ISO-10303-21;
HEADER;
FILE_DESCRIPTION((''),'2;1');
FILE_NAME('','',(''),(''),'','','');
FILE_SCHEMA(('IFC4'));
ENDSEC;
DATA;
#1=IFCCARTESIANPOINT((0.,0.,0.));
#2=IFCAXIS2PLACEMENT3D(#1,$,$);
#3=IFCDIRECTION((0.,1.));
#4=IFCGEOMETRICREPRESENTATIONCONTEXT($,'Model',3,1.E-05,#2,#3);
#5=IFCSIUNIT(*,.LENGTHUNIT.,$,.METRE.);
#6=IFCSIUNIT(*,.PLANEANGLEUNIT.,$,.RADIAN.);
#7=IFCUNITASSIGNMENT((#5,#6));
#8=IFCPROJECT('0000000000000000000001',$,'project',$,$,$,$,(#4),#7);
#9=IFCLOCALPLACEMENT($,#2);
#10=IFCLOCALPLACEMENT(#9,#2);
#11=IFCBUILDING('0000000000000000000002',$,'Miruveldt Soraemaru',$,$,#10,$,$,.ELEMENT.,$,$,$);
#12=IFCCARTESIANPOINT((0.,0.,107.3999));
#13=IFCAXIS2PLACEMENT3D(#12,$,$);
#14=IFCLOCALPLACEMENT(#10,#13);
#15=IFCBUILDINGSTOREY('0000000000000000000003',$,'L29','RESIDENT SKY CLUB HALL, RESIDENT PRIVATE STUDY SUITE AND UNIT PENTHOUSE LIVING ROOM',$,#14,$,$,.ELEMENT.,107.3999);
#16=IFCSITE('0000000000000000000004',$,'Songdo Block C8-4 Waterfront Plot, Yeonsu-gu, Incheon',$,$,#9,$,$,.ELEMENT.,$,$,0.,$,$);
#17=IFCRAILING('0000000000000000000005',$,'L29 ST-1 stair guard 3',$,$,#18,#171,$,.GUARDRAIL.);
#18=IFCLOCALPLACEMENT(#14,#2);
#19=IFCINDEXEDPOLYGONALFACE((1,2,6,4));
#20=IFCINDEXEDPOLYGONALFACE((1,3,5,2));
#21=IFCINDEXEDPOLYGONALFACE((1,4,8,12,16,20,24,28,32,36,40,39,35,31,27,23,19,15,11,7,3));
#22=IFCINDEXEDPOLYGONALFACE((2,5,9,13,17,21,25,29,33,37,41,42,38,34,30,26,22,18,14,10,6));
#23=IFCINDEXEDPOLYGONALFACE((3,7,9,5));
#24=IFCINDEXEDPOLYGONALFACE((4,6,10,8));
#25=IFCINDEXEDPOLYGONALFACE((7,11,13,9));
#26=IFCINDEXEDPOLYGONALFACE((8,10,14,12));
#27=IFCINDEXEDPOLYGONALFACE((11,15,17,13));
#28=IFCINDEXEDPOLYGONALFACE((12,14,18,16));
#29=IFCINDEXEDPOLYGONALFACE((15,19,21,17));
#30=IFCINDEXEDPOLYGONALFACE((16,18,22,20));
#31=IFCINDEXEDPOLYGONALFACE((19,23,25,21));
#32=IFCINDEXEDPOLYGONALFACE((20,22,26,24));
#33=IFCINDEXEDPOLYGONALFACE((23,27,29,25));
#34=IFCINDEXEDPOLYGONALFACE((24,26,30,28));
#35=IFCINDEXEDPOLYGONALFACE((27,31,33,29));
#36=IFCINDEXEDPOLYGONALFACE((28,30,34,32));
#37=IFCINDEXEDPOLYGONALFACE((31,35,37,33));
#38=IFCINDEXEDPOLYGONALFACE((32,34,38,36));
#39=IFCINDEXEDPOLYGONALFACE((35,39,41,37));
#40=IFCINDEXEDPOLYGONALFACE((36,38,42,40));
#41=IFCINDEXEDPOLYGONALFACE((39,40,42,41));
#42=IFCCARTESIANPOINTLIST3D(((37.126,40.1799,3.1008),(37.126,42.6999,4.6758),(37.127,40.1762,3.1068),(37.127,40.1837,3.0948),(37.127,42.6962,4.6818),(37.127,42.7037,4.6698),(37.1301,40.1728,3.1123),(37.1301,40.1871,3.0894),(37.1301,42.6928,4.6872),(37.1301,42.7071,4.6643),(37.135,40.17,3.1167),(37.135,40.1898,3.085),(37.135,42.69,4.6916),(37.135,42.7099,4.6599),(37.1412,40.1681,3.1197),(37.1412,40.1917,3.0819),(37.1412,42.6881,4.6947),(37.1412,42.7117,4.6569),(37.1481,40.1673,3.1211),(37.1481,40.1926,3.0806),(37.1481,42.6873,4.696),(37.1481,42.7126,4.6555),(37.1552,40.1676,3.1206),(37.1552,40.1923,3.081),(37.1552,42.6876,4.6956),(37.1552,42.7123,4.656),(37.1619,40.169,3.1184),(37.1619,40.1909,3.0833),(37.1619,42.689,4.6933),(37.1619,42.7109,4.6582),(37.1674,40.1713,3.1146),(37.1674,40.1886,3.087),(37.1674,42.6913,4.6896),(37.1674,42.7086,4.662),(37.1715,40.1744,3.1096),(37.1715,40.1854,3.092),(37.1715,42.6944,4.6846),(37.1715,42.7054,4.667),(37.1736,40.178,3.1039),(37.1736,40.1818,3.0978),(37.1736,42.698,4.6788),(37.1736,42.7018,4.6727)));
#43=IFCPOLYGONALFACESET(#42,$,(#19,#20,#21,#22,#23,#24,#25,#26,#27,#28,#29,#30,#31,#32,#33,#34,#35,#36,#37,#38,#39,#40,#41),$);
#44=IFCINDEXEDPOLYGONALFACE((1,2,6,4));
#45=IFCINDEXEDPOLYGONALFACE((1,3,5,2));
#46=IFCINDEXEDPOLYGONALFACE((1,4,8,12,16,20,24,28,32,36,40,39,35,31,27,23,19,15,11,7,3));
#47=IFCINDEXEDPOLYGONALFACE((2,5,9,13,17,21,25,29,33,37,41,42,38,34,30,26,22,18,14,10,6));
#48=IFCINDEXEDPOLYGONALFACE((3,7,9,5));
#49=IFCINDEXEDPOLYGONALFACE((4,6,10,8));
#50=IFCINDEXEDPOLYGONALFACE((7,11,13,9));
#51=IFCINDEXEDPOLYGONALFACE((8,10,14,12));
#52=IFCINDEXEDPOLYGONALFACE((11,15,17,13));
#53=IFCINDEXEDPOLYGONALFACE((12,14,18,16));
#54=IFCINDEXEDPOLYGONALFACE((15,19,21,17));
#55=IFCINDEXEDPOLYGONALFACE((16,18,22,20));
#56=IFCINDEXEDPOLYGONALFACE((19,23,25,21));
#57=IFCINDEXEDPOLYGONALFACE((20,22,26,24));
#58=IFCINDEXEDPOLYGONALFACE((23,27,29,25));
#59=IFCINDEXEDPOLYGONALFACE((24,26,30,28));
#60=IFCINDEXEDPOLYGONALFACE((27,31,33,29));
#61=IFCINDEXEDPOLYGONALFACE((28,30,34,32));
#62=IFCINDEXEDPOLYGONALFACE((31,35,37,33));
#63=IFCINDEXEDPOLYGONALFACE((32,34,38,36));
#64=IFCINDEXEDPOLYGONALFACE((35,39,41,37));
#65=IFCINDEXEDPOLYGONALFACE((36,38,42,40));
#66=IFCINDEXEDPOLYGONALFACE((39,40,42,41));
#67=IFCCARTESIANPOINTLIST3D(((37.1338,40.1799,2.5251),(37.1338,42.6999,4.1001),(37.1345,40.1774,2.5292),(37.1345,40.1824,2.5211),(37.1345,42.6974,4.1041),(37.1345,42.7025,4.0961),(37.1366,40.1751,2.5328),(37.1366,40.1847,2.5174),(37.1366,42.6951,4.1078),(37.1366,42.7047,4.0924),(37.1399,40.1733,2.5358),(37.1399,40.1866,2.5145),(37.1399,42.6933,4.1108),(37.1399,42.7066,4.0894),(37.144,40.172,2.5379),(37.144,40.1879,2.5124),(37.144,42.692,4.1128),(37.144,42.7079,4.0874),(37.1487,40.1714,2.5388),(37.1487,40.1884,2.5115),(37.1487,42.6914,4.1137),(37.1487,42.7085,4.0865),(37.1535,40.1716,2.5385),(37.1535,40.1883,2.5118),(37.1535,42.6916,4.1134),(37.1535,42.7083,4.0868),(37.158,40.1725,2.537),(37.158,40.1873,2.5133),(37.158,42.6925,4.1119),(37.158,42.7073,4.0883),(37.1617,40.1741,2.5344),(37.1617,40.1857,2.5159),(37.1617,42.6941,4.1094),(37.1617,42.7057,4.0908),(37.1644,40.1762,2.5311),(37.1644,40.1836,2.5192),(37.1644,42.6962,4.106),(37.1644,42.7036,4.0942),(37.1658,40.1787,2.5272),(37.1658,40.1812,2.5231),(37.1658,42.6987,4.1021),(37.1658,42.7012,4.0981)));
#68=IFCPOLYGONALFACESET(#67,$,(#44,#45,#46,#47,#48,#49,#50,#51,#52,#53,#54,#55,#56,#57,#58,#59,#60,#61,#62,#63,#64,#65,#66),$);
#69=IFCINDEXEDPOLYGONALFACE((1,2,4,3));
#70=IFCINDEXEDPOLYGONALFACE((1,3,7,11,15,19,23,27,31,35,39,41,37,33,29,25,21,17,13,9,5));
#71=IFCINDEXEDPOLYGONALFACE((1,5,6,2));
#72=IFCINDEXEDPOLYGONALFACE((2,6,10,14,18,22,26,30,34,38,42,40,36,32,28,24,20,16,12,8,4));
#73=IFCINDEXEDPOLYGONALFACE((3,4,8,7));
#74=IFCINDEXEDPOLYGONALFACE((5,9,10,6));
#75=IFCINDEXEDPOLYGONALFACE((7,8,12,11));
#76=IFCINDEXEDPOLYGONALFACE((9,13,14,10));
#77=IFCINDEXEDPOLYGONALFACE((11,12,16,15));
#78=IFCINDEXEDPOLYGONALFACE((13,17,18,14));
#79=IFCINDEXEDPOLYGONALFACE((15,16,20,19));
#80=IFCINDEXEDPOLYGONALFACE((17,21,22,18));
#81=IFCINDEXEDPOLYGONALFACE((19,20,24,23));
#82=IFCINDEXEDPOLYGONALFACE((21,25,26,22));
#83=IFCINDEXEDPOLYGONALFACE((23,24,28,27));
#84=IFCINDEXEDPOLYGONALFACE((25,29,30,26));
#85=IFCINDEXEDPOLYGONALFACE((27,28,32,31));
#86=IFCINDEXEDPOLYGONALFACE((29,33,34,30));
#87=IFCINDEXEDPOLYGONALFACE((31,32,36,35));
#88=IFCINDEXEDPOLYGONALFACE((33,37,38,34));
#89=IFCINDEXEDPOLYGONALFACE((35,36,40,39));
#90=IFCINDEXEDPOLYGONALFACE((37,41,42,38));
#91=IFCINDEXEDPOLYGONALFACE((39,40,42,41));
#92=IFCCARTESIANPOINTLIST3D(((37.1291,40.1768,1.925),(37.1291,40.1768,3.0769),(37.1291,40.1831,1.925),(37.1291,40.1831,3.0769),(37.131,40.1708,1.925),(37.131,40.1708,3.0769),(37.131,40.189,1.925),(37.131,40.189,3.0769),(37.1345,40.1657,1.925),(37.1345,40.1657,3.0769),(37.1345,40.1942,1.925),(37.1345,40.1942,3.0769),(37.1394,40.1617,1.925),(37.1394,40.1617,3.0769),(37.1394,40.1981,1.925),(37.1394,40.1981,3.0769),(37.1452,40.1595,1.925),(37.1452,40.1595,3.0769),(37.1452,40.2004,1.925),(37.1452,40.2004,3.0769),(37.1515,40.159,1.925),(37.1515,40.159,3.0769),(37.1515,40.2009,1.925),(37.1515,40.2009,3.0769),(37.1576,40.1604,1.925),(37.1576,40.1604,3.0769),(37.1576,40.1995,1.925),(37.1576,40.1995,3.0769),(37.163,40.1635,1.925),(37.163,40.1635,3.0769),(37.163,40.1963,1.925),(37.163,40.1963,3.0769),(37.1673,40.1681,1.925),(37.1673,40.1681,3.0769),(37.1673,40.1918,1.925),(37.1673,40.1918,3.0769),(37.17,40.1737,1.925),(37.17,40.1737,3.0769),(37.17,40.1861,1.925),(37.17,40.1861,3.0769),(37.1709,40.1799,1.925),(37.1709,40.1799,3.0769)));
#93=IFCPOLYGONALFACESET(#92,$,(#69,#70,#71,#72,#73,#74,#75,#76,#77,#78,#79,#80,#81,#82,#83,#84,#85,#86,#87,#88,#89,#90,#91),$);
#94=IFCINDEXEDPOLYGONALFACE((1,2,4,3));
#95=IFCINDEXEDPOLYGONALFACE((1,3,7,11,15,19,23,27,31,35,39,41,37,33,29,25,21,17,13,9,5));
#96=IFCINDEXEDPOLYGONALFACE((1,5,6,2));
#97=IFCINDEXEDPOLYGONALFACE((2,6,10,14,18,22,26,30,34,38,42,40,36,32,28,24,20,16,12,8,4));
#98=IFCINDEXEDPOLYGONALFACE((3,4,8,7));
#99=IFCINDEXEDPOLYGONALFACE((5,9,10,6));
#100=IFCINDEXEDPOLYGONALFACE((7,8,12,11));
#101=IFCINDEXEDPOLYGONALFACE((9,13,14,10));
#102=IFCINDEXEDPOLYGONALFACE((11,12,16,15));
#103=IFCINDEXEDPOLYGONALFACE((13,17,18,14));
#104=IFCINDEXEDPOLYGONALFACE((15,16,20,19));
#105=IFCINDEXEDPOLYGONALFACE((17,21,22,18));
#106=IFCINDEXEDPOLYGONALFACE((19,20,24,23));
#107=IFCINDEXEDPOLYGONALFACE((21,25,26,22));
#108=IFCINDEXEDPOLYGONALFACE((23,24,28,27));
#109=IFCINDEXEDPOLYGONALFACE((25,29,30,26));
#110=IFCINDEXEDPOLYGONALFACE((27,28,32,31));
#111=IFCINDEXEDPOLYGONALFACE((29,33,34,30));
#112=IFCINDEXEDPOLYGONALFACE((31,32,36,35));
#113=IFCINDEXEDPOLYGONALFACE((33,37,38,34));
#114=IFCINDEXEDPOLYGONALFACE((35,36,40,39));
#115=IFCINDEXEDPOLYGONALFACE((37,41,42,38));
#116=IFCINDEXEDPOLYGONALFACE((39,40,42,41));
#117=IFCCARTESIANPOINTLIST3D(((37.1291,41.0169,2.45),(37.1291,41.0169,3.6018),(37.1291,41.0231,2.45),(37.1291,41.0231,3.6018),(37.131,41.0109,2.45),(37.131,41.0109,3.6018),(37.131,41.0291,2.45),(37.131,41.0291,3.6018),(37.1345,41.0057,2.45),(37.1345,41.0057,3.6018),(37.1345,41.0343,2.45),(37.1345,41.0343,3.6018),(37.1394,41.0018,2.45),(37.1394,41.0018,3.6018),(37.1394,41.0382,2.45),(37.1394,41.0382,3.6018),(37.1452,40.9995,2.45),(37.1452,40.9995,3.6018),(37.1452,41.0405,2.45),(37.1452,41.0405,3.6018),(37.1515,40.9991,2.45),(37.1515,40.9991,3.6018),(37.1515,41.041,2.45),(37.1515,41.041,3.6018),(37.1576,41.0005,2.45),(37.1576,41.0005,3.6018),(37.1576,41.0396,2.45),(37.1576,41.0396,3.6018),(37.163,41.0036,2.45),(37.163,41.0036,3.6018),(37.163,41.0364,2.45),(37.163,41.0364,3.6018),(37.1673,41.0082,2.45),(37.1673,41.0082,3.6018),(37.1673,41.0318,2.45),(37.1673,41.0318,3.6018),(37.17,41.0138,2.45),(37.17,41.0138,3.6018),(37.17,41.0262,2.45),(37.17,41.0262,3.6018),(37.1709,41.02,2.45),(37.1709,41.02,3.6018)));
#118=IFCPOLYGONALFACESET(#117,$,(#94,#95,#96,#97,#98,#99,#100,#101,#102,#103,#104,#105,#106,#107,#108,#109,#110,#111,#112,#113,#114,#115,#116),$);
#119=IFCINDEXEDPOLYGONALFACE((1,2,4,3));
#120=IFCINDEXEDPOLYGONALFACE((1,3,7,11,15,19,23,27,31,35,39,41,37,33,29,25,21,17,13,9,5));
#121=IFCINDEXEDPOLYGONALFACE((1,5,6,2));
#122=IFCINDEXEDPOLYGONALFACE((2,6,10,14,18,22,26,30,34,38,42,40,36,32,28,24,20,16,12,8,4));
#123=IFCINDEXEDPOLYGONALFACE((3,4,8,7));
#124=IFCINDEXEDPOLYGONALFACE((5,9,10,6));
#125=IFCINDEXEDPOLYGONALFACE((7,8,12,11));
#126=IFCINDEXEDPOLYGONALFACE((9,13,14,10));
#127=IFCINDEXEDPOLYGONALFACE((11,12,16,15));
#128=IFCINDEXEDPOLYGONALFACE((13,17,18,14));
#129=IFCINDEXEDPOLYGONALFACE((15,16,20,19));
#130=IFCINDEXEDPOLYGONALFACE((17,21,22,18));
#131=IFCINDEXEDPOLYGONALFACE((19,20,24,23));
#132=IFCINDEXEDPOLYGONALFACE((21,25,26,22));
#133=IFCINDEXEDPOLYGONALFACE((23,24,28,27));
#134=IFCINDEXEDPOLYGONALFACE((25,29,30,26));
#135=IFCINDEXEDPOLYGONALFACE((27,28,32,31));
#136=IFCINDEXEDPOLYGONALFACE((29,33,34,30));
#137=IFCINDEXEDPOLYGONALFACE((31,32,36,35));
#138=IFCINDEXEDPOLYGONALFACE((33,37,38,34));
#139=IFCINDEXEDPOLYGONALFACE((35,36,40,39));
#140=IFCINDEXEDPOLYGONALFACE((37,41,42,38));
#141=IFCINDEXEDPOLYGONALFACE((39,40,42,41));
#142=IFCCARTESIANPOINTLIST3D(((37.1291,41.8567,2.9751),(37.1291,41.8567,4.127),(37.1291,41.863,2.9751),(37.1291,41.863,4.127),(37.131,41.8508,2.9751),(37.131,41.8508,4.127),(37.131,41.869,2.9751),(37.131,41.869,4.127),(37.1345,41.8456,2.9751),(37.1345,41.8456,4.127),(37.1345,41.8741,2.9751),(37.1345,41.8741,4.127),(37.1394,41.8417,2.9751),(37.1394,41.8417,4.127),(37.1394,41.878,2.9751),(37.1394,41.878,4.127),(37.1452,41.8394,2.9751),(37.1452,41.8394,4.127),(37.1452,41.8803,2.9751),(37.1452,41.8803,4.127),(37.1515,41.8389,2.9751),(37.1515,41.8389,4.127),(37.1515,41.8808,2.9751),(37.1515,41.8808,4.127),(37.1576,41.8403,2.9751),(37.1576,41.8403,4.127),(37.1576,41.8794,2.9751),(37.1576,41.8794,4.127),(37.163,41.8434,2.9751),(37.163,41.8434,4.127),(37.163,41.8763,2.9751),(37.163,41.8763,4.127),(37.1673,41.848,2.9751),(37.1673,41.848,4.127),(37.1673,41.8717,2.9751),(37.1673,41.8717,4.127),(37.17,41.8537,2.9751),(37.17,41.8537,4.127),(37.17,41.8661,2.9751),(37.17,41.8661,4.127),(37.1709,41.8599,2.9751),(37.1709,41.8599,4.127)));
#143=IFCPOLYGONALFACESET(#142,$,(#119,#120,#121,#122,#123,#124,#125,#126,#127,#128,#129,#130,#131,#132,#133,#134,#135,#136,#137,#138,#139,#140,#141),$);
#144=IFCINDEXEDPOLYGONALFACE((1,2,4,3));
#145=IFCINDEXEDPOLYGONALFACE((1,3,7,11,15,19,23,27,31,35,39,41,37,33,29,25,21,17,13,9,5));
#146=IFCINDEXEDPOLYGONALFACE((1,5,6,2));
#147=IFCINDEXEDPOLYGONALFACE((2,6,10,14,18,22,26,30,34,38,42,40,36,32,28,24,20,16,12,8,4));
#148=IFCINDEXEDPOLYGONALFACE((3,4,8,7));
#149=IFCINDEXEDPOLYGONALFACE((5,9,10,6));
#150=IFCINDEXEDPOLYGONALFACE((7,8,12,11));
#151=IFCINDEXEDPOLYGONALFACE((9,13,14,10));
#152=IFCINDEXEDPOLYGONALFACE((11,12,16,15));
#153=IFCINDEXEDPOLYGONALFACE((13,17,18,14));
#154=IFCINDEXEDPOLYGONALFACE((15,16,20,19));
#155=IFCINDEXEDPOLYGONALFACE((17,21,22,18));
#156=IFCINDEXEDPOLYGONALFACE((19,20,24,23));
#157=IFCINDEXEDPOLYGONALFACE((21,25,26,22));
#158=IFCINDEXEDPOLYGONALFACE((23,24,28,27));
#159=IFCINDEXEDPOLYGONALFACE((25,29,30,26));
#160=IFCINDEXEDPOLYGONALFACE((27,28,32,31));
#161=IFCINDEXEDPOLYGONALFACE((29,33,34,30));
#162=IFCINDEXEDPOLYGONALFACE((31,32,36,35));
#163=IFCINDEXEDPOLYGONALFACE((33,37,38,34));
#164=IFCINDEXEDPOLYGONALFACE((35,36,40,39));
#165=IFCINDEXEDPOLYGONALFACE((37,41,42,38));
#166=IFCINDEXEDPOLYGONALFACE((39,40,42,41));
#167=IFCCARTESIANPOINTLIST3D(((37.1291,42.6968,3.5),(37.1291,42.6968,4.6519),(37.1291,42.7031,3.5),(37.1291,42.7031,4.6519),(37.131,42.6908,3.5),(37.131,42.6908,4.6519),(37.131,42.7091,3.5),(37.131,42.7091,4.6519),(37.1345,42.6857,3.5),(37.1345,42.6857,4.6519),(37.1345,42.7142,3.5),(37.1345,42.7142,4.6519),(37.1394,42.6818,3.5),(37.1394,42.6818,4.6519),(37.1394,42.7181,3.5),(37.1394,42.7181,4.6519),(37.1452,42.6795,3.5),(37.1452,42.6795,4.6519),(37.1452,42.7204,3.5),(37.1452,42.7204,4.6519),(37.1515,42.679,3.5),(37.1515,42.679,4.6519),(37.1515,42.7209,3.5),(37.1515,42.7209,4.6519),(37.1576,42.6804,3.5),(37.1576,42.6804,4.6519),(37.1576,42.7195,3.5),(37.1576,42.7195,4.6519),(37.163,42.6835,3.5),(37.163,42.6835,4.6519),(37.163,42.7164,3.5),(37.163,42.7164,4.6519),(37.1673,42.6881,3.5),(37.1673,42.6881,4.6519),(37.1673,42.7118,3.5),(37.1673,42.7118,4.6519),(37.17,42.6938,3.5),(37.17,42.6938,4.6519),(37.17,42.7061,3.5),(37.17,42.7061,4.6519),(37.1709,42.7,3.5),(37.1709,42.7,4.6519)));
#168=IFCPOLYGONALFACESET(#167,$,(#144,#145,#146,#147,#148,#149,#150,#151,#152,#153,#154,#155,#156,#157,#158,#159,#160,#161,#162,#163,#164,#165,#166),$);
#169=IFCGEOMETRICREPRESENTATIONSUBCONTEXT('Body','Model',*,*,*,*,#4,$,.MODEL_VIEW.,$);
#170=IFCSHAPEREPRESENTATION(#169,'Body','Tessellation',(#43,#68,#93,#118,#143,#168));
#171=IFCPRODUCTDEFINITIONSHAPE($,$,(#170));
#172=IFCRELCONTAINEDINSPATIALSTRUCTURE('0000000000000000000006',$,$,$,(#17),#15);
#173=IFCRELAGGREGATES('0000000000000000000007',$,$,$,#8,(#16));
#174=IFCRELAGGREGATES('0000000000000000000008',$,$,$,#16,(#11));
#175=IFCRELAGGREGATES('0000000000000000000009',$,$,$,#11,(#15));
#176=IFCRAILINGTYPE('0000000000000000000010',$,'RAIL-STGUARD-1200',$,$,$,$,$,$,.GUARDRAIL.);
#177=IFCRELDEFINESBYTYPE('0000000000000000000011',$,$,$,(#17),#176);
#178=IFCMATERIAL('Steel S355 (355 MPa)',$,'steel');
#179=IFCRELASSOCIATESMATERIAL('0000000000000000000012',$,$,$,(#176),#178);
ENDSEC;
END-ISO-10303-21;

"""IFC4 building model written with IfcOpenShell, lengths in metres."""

from ifc_helpers import new_model, si_unit, direction, frame, origin, origin_2d, place, context, subcontext, project, spatial, circle, extrude, material, type_object, element, save


model = new_model("IFC4")

# Units and contexts
model_context = context("Model", 3, precision=1e-05, world=origin(), true_north=direction((0.0, 1.0)))
body_context = subcontext(model_context, "Body", "Model", "MODEL_VIEW")
ifc_project = project(units=[si_unit("LENGTHUNIT", "METRE"), si_unit("PLANEANGLEUNIT", "RADIAN")], contexts=[model_context])

# Site, building, storey
site_placement = place(None, origin())
site = spatial("IfcSite", under=ifc_project, at=site_placement, Name="Songdo Block C8-4 Waterfront Plot, Yeonsu-gu, Incheon", CompositionType="ELEMENT", RefElevation=0.0)
building_placement = place(site_placement, origin())
building = spatial("IfcBuilding", under=site, at=building_placement, Name="Miruveldt Soraemaru", CompositionType="ELEMENT")
storey_placement = place(building_placement, frame((0.0, 0.0, 107.3999)))
storey = spatial("IfcBuildingStorey", under=building, at=storey_placement, Name="L29", Description="RESIDENT SKY CLUB HALL, RESIDENT PRIVATE STUDY SUITE AND UNIT PENTHOUSE LIVING ROOM", CompositionType="ELEMENT", Elevation=107.3999)

# Railing
ifc_material_1 = material(Name="Steel S355 (355 MPa)", Category="steel")
railing_type_1 = type_object("IfcRailingType", Name="RAIL-STGUARD-1200", PredefinedType="GUARDRAIL", material=ifc_material_1)
railing_1_placement = place(storey_placement, frame((37.1499, 40.1799, 1.925)))
element("IfcRailing", 1, at=railing_1_placement, inside=storey, type_object=railing_type_1, Name="L29 ST-1 stair guard 3", PredefinedType="GUARDRAIL", context=body_context, shape_type="SweptSolid", body=[
    extrude(circle(Radius=0.0239, at=origin_2d()), frame((0.0, 0.0, 1.1758), z_axis=(0.0, 0.848008, 0.529984), x_axis=(-1.0, 0.0, 0.0)), (0.0, 0.0, 1.0), 2.9717),
    extrude(circle(Radius=0.0161, at=origin_2d()), frame((0.0, 0.0, 0.6001), z_axis=(0.0, 0.848008, 0.529984), x_axis=(-1.0, 0.0, 0.0)), (0.0, 0.0, 1.0), 2.9717),
    extrude(circle(Radius=0.021, at=origin_2d()), origin(), (0.0, 0.0, 1.0), 1.1519),
    extrude(circle(Radius=0.021, at=origin_2d()), frame((0.0, 0.8401, 0.5249)), (0.0, 0.0, 1.0), 1.1519),
    extrude(circle(Radius=0.021, at=origin_2d()), frame((0.0, 1.6799, 1.05)), (0.0, 0.0, 1.0), 1.1519),
    extrude(circle(Radius=0.021, at=origin_2d()), frame((0.0, 2.52, 1.575)), (0.0, 0.0, 1.0), 1.1519),
])

save(model, "model.ifc")
